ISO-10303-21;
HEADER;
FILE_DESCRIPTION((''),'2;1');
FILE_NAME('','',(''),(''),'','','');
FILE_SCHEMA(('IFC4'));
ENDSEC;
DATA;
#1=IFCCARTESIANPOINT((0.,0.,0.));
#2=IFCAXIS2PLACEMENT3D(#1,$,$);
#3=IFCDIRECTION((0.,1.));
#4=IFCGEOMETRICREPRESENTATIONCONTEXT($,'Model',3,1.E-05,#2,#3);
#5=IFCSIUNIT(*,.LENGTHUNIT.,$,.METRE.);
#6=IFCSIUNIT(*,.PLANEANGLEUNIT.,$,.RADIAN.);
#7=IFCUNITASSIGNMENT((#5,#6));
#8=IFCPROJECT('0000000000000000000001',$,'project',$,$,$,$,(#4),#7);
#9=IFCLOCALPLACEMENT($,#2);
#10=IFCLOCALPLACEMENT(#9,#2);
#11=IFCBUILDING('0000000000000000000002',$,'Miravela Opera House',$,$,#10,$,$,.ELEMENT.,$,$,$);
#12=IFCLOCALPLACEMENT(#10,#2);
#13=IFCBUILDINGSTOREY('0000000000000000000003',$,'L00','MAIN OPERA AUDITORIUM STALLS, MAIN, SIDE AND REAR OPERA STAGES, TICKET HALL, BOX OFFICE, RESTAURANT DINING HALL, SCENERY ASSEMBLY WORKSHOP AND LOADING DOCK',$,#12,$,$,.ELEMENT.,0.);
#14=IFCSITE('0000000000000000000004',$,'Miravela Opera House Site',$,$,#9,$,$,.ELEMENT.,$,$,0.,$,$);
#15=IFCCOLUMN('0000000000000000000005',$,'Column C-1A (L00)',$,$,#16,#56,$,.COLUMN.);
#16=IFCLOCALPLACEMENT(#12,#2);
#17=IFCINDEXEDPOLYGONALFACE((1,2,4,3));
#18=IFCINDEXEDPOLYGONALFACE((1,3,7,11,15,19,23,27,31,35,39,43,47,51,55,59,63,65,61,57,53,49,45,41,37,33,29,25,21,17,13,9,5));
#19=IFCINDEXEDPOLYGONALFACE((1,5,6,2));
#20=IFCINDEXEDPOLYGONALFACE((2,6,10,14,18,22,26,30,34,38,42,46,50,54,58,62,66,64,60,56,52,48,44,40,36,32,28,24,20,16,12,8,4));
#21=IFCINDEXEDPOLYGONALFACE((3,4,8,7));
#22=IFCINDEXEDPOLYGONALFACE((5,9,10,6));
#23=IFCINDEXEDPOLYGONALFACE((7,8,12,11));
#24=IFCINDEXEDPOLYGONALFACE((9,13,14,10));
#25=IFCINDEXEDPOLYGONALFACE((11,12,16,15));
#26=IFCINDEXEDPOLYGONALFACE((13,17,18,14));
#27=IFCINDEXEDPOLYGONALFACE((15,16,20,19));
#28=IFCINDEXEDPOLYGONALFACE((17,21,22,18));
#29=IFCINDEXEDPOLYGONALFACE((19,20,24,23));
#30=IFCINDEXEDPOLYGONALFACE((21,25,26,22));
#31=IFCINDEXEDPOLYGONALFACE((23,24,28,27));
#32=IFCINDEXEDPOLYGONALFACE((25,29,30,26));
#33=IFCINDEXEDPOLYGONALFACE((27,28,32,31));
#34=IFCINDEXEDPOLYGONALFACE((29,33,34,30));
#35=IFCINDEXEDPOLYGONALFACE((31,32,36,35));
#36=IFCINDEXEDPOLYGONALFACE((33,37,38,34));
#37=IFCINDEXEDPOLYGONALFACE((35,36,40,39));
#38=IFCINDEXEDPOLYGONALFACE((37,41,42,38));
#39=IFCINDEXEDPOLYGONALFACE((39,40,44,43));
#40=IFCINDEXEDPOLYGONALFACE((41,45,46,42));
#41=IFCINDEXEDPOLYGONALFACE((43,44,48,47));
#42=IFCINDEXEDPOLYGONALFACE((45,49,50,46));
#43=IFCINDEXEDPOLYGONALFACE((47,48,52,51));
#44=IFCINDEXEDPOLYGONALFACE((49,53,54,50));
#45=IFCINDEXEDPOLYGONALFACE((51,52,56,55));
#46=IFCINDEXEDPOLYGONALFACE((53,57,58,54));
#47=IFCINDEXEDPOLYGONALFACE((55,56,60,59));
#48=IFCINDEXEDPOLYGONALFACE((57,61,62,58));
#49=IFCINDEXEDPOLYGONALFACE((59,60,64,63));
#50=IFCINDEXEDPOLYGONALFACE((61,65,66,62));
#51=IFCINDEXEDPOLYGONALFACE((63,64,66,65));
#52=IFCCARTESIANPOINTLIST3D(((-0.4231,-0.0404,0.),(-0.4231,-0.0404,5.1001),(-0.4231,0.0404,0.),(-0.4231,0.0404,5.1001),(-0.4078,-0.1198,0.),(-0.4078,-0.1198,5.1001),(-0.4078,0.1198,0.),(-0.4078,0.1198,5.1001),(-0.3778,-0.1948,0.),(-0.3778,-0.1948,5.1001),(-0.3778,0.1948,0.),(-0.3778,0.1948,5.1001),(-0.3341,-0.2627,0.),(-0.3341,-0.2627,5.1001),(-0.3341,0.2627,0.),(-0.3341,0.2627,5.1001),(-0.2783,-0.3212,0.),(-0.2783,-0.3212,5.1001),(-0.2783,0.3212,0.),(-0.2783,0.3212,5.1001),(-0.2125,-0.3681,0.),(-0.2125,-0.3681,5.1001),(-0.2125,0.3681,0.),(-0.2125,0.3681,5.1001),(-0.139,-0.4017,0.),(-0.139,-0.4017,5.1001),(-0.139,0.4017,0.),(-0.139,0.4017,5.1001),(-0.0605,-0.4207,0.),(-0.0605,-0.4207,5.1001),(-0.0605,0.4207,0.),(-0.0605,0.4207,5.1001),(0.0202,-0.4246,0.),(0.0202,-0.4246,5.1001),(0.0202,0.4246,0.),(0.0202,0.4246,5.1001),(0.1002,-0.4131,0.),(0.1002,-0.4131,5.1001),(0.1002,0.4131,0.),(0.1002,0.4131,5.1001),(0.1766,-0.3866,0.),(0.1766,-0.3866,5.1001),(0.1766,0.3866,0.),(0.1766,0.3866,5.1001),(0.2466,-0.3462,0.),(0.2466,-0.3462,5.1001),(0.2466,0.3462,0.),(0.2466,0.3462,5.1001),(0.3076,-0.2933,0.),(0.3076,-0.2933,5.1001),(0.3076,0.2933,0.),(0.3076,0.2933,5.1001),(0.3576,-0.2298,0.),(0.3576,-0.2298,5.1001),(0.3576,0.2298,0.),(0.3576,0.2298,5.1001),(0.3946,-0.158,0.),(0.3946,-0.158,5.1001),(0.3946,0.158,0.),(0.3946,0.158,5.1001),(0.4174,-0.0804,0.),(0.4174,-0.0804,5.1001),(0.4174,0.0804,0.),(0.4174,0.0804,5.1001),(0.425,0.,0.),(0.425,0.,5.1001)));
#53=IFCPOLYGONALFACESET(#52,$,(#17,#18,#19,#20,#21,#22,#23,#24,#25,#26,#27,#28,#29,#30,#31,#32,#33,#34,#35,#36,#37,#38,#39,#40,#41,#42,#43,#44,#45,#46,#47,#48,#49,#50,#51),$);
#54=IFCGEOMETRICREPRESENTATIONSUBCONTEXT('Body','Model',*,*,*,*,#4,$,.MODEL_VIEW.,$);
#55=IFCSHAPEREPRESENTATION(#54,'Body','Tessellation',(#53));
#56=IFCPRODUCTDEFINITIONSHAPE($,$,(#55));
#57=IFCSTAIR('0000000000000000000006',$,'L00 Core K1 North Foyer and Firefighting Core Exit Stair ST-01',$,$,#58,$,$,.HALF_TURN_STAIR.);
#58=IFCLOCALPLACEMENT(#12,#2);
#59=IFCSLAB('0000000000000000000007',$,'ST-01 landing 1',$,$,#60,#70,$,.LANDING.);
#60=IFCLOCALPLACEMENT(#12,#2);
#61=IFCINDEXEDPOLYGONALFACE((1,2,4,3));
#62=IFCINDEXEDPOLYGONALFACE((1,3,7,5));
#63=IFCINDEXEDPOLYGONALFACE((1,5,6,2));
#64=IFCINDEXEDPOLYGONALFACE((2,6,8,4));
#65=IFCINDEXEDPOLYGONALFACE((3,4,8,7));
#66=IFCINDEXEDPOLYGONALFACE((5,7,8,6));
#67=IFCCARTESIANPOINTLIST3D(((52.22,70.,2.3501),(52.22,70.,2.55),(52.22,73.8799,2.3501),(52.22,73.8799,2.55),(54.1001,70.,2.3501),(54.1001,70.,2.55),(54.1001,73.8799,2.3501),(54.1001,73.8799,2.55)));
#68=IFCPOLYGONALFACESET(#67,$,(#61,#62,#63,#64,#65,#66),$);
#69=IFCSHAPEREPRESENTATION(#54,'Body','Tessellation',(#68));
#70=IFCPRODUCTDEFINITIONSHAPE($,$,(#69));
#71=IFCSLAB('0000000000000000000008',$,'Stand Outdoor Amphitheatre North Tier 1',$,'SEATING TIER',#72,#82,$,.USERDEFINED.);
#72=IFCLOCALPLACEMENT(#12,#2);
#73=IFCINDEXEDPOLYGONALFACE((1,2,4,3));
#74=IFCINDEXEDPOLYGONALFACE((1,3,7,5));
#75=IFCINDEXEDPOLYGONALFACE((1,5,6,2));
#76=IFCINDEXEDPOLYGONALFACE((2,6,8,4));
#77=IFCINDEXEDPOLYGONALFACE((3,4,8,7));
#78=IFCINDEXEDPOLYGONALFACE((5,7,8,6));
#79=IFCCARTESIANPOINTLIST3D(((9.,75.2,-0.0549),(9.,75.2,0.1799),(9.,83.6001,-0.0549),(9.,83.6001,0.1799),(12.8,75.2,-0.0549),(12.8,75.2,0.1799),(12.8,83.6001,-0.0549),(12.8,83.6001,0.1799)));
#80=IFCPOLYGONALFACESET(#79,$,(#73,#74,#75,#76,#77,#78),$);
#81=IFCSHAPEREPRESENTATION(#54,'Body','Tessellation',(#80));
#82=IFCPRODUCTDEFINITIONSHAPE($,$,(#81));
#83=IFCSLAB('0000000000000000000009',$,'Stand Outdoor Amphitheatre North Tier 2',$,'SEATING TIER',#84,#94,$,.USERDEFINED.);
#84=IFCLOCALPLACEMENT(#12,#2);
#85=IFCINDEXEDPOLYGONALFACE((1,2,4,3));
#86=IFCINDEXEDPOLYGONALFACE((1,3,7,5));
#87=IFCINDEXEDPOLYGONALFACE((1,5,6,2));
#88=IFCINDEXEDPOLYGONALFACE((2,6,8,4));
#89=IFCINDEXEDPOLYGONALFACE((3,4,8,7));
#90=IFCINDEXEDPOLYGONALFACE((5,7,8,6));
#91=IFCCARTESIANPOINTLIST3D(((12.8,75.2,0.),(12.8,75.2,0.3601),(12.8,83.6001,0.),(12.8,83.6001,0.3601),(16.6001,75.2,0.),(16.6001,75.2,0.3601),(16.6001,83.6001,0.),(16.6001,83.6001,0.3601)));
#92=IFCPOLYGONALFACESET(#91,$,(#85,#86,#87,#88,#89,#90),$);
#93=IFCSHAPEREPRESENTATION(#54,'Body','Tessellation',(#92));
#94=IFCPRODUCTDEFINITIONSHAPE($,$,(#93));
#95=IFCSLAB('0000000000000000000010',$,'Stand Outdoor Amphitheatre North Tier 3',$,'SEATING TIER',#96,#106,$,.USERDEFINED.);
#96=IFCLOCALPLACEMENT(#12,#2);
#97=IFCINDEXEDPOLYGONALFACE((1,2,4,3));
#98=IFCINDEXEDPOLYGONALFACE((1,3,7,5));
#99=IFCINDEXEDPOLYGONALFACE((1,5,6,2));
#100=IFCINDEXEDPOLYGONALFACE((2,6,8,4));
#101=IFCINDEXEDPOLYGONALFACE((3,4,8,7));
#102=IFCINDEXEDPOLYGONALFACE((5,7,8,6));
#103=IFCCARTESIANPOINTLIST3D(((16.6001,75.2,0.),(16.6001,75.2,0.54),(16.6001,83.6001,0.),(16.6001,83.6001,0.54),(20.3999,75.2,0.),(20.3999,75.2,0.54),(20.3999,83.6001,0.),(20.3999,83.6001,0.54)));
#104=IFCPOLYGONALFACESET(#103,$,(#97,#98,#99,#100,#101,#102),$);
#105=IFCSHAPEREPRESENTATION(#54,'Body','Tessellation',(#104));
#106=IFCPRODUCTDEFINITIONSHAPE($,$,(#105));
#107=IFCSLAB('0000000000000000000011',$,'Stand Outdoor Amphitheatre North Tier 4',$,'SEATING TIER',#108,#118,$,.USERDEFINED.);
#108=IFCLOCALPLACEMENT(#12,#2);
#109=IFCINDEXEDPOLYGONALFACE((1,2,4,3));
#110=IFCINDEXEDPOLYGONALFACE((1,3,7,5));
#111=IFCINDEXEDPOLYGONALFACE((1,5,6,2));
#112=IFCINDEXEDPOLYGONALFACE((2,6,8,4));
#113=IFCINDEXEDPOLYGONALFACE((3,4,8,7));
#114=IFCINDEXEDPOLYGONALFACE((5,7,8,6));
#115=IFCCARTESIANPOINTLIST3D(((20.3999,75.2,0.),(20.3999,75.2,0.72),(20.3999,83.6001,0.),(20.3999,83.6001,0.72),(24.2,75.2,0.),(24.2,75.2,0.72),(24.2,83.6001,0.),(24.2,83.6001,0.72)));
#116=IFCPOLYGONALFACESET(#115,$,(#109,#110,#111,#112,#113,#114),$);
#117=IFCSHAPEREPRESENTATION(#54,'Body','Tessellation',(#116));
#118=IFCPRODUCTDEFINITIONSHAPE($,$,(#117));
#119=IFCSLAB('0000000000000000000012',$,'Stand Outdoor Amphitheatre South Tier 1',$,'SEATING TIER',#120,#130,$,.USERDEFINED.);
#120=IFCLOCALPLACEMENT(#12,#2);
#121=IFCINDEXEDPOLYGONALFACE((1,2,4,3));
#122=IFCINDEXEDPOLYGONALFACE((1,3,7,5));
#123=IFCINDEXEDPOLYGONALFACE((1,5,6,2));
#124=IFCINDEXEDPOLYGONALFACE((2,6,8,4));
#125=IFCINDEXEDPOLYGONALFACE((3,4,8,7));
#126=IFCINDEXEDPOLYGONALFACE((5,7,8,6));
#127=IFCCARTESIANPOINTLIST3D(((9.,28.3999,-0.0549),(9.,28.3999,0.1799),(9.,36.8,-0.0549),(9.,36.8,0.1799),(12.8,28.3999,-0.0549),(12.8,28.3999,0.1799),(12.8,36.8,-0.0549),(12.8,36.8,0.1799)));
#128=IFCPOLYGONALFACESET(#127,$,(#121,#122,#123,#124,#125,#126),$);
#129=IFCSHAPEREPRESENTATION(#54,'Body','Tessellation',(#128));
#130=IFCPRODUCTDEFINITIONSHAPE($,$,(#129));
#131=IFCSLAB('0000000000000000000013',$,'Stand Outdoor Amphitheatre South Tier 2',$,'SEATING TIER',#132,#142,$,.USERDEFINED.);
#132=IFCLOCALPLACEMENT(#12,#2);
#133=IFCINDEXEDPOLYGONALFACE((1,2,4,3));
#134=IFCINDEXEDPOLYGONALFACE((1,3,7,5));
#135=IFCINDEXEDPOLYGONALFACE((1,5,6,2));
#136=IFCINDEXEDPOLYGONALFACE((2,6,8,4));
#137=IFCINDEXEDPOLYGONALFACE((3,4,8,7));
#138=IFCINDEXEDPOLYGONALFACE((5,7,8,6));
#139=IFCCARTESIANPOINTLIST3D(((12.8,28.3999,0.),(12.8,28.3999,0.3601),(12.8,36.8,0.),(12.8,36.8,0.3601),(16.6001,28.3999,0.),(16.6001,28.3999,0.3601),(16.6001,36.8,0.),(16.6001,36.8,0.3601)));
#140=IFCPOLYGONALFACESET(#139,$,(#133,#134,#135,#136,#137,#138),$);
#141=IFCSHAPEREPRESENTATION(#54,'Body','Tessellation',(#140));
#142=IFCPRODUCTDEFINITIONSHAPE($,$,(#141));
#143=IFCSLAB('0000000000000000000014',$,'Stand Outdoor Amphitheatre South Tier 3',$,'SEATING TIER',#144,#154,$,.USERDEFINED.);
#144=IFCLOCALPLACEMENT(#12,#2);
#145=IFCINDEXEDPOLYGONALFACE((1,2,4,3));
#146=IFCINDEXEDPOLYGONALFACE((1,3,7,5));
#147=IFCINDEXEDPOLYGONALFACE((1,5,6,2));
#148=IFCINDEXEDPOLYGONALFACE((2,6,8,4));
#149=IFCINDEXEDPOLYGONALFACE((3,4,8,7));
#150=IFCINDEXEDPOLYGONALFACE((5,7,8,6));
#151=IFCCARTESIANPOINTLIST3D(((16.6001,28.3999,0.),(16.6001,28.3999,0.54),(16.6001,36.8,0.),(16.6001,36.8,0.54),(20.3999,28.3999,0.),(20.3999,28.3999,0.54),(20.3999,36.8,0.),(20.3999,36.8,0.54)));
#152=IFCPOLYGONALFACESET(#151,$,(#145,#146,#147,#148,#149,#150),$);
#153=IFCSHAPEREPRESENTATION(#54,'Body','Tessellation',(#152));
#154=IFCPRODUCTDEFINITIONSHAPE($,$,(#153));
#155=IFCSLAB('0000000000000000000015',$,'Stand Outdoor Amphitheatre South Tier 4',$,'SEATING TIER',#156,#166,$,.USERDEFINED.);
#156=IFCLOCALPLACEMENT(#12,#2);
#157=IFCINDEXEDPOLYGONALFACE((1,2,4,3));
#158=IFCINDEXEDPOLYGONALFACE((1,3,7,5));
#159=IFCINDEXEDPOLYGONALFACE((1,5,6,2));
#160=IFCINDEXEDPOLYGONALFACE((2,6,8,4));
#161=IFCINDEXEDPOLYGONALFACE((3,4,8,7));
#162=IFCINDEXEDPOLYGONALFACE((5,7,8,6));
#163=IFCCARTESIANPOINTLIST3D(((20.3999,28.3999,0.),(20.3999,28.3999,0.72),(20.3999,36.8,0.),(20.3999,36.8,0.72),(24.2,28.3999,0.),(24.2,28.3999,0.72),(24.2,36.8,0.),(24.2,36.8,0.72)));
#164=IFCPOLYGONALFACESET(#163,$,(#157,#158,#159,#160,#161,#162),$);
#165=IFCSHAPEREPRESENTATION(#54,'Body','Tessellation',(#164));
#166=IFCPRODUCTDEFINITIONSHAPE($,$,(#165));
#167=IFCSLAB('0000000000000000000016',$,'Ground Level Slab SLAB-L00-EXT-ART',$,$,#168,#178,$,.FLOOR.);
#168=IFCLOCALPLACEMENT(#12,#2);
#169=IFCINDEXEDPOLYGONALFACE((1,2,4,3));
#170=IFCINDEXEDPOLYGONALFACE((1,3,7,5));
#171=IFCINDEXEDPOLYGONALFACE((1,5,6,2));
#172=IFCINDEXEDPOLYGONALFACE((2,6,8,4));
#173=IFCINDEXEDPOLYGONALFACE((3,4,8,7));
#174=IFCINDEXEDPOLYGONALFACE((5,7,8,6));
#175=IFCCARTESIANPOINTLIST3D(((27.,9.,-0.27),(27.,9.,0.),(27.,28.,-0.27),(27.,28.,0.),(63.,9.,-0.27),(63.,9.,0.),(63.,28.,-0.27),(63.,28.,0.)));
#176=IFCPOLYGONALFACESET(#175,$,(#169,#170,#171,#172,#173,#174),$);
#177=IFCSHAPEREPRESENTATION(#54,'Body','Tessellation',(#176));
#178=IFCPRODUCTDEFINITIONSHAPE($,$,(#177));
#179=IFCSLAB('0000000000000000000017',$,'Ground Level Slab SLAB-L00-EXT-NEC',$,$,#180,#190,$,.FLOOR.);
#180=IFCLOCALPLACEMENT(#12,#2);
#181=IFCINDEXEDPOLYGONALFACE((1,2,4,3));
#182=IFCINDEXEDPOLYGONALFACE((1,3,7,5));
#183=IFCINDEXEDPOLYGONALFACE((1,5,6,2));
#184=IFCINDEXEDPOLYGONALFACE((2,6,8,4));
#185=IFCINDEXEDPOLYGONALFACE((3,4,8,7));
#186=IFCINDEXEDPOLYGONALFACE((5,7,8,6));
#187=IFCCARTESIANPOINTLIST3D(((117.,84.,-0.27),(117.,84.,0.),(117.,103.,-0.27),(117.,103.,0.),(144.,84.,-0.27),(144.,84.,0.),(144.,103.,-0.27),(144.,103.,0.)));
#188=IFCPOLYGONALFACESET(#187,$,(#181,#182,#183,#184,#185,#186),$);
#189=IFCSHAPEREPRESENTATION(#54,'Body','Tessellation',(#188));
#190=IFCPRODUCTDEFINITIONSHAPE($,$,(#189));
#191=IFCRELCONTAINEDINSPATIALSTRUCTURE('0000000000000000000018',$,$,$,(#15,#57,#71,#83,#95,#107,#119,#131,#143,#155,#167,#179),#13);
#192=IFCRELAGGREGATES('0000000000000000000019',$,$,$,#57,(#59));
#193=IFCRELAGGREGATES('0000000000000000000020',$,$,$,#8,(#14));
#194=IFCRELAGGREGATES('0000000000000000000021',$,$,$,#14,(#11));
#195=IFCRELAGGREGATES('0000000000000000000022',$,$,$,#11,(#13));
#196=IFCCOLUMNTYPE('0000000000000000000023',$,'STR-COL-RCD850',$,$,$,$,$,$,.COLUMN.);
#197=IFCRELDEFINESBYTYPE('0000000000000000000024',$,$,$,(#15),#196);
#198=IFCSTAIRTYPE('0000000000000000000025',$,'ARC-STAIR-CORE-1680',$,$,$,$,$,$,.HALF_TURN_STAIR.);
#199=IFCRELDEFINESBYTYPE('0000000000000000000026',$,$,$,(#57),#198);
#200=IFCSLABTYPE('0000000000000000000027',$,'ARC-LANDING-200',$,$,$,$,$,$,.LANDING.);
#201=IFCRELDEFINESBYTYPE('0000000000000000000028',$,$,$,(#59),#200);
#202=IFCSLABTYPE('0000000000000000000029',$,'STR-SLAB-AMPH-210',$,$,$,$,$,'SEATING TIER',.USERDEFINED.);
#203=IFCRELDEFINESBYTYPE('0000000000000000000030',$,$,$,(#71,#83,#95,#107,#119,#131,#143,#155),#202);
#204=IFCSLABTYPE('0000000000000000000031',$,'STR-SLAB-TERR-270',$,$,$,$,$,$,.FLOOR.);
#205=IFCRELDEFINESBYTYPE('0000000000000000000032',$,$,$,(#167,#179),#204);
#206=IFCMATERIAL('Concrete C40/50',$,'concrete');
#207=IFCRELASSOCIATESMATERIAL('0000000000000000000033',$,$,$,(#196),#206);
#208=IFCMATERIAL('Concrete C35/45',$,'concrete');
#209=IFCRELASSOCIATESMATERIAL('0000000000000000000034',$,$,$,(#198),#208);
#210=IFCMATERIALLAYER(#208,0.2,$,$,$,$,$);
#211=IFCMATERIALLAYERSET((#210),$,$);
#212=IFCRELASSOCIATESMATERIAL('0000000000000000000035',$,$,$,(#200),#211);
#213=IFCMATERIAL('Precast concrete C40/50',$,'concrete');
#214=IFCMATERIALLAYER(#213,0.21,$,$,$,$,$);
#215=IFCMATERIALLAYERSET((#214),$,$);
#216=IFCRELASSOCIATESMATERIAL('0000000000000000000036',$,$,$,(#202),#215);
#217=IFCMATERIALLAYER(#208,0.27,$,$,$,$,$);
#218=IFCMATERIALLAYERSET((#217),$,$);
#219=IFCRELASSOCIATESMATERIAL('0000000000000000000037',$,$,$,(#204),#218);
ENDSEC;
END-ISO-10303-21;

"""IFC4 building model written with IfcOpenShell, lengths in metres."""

from ifc_helpers import new_model, si_unit, direction, frame, origin, origin_with_axes, origin_2d, place, context, subcontext, project, spatial, polyline, circle, outline, extrude, material, layer, layer_set, material_profile, profile_set, type_object, element, aggregate, save


model = new_model("IFC4")

# Units and contexts
model_context = context("Model", 3, precision=1e-05, world=origin(), true_north=direction((0.0, 1.0)))
body_context = subcontext(model_context, "Body", "Model", "MODEL_VIEW")
ifc_project = project(units=[si_unit("LENGTHUNIT", "METRE"), si_unit("PLANEANGLEUNIT", "RADIAN")], contexts=[model_context])

# Site, building, storey
site_placement = place(None, origin())
site = spatial("IfcSite", under=ifc_project, at=site_placement, Name="Miravela Opera House Site", CompositionType="ELEMENT", RefElevation=0.0)
building_placement = place(site_placement, origin())
building = spatial("IfcBuilding", under=site, at=building_placement, Name="Miravela Opera House", CompositionType="ELEMENT")
storey_placement = place(building_placement, origin())
storey = spatial("IfcBuildingStorey", under=building, at=storey_placement, Name="L00", Description="MAIN OPERA AUDITORIUM STALLS, MAIN, SIDE AND REAR OPERA STAGES, TICKET HALL, BOX OFFICE, RESTAURANT DINING HALL, SCENERY ASSEMBLY WORKSHOP AND LOADING DOCK", CompositionType="ELEMENT", Elevation=0.0)

# Column
ifc_material_1 = material(Name="Concrete C40/50", Category="concrete")
ifc_material_profile = material_profile(ifc_material_1, circle(Radius=0.425, at=origin_2d()), Name="RC-COL-D850")
ifc_profile_set = profile_set([ifc_material_profile])
column_type = type_object("IfcColumnType", Name="STR-COL-RCD850", PredefinedType="COLUMN", material=ifc_profile_set)
column_placement = place(storey_placement, origin_with_axes())
element("IfcColumn", 1, at=column_placement, inside=storey, type_object=column_type, Name="Column C-1A (L00)", PredefinedType="COLUMN", context=body_context, shape_type="SweptSolid", body=[
    extrude(circle(Radius=0.425, at=origin_2d()), origin(), (0.0, 0.0, 1.0), 5.1001),
])

# Stair, slab
ifc_material_2 = material(Name="Concrete C35/45", Category="concrete")
stair_type = type_object("IfcStairType", Name="ARC-STAIR-CORE-1680", PredefinedType="HALF_TURN_STAIR", material=ifc_material_2)
stair_placement = place(storey_placement, origin())
stair = element("IfcStair", 2, at=stair_placement, inside=storey, type_object=stair_type, Name="L00 Core K1 North Foyer and Firefighting Core Exit Stair ST-01", PredefinedType="HALF_TURN_STAIR")
ifc_layer_1 = layer(ifc_material_2, 0.2)
ifc_layer_set_1 = layer_set([ifc_layer_1])
slab_type_1 = type_object("IfcSlabType", Name="ARC-LANDING-200", PredefinedType="LANDING", material=ifc_layer_set_1)
slab_1_placement = place(storey_placement, frame((0.0, 0.0, 2.3501)))
slab_1 = element("IfcSlab", 3, at=slab_1_placement, type_object=slab_type_1, Name="ST-01 landing 1", PredefinedType="LANDING", context=body_context, shape_type="SweptSolid", body=[
    extrude(outline(polyline([(52.22, 70.0), (54.1001, 70.0), (54.1001, 73.8799), (52.22, 73.8799), (52.22, 70.0)])), origin(), (0.0, 0.0, 1.0), 0.2),
])
aggregate(stair, [slab_1])

# Slabs
ifc_material_3 = material(Name="Precast concrete C40/50", Category="concrete")
ifc_layer_2 = layer(ifc_material_3, 0.21)
ifc_layer_set_2 = layer_set([ifc_layer_2])
slab_type_2 = type_object("IfcSlabType", Name="STR-SLAB-AMPH-210", ElementType="SEATING TIER", PredefinedType="USERDEFINED", material=ifc_layer_set_2)
slab_2_placement = place(storey_placement, frame((0.0, 0.0, -0.0549)))
element("IfcSlab", 4, at=slab_2_placement, inside=storey, type_object=slab_type_2, Name="Stand Outdoor Amphitheatre North Tier 1", ObjectType="SEATING TIER", PredefinedType="USERDEFINED", context=body_context, shape_type="SweptSolid", body=[
    extrude(outline(polyline([(9.0, 75.2), (12.8, 75.2), (12.8, 83.6001), (9.0, 83.6001), (9.0, 75.2)])), origin(), (0.0, 0.0, 1.0), 0.2349),
])
slab_3_placement = place(storey_placement, origin())
element("IfcSlab", 5, at=slab_3_placement, inside=storey, type_object=slab_type_2, Name="Stand Outdoor Amphitheatre North Tier 2", ObjectType="SEATING TIER", PredefinedType="USERDEFINED", context=body_context, shape_type="SweptSolid", body=[
    extrude(outline(polyline([(12.8, 75.2), (16.6001, 75.2), (16.6001, 83.6001), (12.8, 83.6001), (12.8, 75.2)])), origin(), (0.0, 0.0, 1.0), 0.3601),
])
slab_4_placement = place(storey_placement, origin())
element("IfcSlab", 6, at=slab_4_placement, inside=storey, type_object=slab_type_2, Name="Stand Outdoor Amphitheatre North Tier 3", ObjectType="SEATING TIER", PredefinedType="USERDEFINED", context=body_context, shape_type="SweptSolid", body=[
    extrude(outline(polyline([(16.6001, 75.2), (20.3999, 75.2), (20.3999, 83.6001), (16.6001, 83.6001), (16.6001, 75.2)])), origin(), (0.0, 0.0, 1.0), 0.54),
])
slab_5_placement = place(storey_placement, origin())
element("IfcSlab", 7, at=slab_5_placement, inside=storey, type_object=slab_type_2, Name="Stand Outdoor Amphitheatre North Tier 4", ObjectType="SEATING TIER", PredefinedType="USERDEFINED", context=body_context, shape_type="SweptSolid", body=[
    extrude(outline(polyline([(20.3999, 75.2), (24.2, 75.2), (24.2, 83.6001), (20.3999, 83.6001), (20.3999, 75.2)])), origin(), (0.0, 0.0, 1.0), 0.72),
])
slab_6_placement = place(storey_placement, frame((0.0, 0.0, -0.0549)))
element("IfcSlab", 8, at=slab_6_placement, inside=storey, type_object=slab_type_2, Name="Stand Outdoor Amphitheatre South Tier 1", ObjectType="SEATING TIER", PredefinedType="USERDEFINED", context=body_context, shape_type="SweptSolid", body=[
    extrude(outline(polyline([(9.0, 28.3999), (12.8, 28.3999), (12.8, 36.8), (9.0, 36.8), (9.0, 28.3999)])), origin(), (0.0, 0.0, 1.0), 0.2349),
])
slab_7_placement = place(storey_placement, origin())
element("IfcSlab", 9, at=slab_7_placement, inside=storey, type_object=slab_type_2, Name="Stand Outdoor Amphitheatre South Tier 2", ObjectType="SEATING TIER", PredefinedType="USERDEFINED", context=body_context, shape_type="SweptSolid", body=[
    extrude(outline(polyline([(12.8, 28.3999), (16.6001, 28.3999), (16.6001, 36.8), (12.8, 36.8), (12.8, 28.3999)])), origin(), (0.0, 0.0, 1.0), 0.3601),
])
slab_8_placement = place(storey_placement, origin())
element("IfcSlab", 10, at=slab_8_placement, inside=storey, type_object=slab_type_2, Name="Stand Outdoor Amphitheatre South Tier 3", ObjectType="SEATING TIER", PredefinedType="USERDEFINED", context=body_context, shape_type="SweptSolid", body=[
    extrude(outline(polyline([(16.6001, 28.3999), (20.3999, 28.3999), (20.3999, 36.8), (16.6001, 36.8), (16.6001, 28.3999)])), origin(), (0.0, 0.0, 1.0), 0.54),
])
slab_9_placement = place(storey_placement, origin())
element("IfcSlab", 11, at=slab_9_placement, inside=storey, type_object=slab_type_2, Name="Stand Outdoor Amphitheatre South Tier 4", ObjectType="SEATING TIER", PredefinedType="USERDEFINED", context=body_context, shape_type="SweptSolid", body=[
    extrude(outline(polyline([(20.3999, 28.3999), (24.2, 28.3999), (24.2, 36.8), (20.3999, 36.8), (20.3999, 28.3999)])), origin(), (0.0, 0.0, 1.0), 0.72),
])
ifc_layer_3 = layer(ifc_material_2, 0.27)
ifc_layer_set_3 = layer_set([ifc_layer_3])
slab_type_3 = type_object("IfcSlabType", Name="STR-SLAB-TERR-270", PredefinedType="FLOOR", material=ifc_layer_set_3)
slab_10_placement = place(storey_placement, frame((0.0, 0.0, -0.27)))
element("IfcSlab", 12, at=slab_10_placement, inside=storey, type_object=slab_type_3, Name="Ground Level Slab SLAB-L00-EXT-ART", PredefinedType="FLOOR", context=body_context, shape_type="SweptSolid", body=[
    extrude(outline(polyline([(27.0, 9.0), (63.0, 9.0), (63.0, 28.0), (27.0, 28.0), (27.0, 9.0)])), origin(), (0.0, 0.0, 1.0), 0.27),
])
slab_11_placement = place(storey_placement, frame((0.0, 0.0, -0.27)))
element("IfcSlab", 13, at=slab_11_placement, inside=storey, type_object=slab_type_3, Name="Ground Level Slab SLAB-L00-EXT-NEC", PredefinedType="FLOOR", context=body_context, shape_type="SweptSolid", body=[
    extrude(outline(polyline([(117.0, 84.0), (144.0, 84.0), (144.0, 103.0), (117.0, 103.0), (117.0, 84.0)])), origin(), (0.0, 0.0, 1.0), 0.27),
])

save(model, "model.ifc")
